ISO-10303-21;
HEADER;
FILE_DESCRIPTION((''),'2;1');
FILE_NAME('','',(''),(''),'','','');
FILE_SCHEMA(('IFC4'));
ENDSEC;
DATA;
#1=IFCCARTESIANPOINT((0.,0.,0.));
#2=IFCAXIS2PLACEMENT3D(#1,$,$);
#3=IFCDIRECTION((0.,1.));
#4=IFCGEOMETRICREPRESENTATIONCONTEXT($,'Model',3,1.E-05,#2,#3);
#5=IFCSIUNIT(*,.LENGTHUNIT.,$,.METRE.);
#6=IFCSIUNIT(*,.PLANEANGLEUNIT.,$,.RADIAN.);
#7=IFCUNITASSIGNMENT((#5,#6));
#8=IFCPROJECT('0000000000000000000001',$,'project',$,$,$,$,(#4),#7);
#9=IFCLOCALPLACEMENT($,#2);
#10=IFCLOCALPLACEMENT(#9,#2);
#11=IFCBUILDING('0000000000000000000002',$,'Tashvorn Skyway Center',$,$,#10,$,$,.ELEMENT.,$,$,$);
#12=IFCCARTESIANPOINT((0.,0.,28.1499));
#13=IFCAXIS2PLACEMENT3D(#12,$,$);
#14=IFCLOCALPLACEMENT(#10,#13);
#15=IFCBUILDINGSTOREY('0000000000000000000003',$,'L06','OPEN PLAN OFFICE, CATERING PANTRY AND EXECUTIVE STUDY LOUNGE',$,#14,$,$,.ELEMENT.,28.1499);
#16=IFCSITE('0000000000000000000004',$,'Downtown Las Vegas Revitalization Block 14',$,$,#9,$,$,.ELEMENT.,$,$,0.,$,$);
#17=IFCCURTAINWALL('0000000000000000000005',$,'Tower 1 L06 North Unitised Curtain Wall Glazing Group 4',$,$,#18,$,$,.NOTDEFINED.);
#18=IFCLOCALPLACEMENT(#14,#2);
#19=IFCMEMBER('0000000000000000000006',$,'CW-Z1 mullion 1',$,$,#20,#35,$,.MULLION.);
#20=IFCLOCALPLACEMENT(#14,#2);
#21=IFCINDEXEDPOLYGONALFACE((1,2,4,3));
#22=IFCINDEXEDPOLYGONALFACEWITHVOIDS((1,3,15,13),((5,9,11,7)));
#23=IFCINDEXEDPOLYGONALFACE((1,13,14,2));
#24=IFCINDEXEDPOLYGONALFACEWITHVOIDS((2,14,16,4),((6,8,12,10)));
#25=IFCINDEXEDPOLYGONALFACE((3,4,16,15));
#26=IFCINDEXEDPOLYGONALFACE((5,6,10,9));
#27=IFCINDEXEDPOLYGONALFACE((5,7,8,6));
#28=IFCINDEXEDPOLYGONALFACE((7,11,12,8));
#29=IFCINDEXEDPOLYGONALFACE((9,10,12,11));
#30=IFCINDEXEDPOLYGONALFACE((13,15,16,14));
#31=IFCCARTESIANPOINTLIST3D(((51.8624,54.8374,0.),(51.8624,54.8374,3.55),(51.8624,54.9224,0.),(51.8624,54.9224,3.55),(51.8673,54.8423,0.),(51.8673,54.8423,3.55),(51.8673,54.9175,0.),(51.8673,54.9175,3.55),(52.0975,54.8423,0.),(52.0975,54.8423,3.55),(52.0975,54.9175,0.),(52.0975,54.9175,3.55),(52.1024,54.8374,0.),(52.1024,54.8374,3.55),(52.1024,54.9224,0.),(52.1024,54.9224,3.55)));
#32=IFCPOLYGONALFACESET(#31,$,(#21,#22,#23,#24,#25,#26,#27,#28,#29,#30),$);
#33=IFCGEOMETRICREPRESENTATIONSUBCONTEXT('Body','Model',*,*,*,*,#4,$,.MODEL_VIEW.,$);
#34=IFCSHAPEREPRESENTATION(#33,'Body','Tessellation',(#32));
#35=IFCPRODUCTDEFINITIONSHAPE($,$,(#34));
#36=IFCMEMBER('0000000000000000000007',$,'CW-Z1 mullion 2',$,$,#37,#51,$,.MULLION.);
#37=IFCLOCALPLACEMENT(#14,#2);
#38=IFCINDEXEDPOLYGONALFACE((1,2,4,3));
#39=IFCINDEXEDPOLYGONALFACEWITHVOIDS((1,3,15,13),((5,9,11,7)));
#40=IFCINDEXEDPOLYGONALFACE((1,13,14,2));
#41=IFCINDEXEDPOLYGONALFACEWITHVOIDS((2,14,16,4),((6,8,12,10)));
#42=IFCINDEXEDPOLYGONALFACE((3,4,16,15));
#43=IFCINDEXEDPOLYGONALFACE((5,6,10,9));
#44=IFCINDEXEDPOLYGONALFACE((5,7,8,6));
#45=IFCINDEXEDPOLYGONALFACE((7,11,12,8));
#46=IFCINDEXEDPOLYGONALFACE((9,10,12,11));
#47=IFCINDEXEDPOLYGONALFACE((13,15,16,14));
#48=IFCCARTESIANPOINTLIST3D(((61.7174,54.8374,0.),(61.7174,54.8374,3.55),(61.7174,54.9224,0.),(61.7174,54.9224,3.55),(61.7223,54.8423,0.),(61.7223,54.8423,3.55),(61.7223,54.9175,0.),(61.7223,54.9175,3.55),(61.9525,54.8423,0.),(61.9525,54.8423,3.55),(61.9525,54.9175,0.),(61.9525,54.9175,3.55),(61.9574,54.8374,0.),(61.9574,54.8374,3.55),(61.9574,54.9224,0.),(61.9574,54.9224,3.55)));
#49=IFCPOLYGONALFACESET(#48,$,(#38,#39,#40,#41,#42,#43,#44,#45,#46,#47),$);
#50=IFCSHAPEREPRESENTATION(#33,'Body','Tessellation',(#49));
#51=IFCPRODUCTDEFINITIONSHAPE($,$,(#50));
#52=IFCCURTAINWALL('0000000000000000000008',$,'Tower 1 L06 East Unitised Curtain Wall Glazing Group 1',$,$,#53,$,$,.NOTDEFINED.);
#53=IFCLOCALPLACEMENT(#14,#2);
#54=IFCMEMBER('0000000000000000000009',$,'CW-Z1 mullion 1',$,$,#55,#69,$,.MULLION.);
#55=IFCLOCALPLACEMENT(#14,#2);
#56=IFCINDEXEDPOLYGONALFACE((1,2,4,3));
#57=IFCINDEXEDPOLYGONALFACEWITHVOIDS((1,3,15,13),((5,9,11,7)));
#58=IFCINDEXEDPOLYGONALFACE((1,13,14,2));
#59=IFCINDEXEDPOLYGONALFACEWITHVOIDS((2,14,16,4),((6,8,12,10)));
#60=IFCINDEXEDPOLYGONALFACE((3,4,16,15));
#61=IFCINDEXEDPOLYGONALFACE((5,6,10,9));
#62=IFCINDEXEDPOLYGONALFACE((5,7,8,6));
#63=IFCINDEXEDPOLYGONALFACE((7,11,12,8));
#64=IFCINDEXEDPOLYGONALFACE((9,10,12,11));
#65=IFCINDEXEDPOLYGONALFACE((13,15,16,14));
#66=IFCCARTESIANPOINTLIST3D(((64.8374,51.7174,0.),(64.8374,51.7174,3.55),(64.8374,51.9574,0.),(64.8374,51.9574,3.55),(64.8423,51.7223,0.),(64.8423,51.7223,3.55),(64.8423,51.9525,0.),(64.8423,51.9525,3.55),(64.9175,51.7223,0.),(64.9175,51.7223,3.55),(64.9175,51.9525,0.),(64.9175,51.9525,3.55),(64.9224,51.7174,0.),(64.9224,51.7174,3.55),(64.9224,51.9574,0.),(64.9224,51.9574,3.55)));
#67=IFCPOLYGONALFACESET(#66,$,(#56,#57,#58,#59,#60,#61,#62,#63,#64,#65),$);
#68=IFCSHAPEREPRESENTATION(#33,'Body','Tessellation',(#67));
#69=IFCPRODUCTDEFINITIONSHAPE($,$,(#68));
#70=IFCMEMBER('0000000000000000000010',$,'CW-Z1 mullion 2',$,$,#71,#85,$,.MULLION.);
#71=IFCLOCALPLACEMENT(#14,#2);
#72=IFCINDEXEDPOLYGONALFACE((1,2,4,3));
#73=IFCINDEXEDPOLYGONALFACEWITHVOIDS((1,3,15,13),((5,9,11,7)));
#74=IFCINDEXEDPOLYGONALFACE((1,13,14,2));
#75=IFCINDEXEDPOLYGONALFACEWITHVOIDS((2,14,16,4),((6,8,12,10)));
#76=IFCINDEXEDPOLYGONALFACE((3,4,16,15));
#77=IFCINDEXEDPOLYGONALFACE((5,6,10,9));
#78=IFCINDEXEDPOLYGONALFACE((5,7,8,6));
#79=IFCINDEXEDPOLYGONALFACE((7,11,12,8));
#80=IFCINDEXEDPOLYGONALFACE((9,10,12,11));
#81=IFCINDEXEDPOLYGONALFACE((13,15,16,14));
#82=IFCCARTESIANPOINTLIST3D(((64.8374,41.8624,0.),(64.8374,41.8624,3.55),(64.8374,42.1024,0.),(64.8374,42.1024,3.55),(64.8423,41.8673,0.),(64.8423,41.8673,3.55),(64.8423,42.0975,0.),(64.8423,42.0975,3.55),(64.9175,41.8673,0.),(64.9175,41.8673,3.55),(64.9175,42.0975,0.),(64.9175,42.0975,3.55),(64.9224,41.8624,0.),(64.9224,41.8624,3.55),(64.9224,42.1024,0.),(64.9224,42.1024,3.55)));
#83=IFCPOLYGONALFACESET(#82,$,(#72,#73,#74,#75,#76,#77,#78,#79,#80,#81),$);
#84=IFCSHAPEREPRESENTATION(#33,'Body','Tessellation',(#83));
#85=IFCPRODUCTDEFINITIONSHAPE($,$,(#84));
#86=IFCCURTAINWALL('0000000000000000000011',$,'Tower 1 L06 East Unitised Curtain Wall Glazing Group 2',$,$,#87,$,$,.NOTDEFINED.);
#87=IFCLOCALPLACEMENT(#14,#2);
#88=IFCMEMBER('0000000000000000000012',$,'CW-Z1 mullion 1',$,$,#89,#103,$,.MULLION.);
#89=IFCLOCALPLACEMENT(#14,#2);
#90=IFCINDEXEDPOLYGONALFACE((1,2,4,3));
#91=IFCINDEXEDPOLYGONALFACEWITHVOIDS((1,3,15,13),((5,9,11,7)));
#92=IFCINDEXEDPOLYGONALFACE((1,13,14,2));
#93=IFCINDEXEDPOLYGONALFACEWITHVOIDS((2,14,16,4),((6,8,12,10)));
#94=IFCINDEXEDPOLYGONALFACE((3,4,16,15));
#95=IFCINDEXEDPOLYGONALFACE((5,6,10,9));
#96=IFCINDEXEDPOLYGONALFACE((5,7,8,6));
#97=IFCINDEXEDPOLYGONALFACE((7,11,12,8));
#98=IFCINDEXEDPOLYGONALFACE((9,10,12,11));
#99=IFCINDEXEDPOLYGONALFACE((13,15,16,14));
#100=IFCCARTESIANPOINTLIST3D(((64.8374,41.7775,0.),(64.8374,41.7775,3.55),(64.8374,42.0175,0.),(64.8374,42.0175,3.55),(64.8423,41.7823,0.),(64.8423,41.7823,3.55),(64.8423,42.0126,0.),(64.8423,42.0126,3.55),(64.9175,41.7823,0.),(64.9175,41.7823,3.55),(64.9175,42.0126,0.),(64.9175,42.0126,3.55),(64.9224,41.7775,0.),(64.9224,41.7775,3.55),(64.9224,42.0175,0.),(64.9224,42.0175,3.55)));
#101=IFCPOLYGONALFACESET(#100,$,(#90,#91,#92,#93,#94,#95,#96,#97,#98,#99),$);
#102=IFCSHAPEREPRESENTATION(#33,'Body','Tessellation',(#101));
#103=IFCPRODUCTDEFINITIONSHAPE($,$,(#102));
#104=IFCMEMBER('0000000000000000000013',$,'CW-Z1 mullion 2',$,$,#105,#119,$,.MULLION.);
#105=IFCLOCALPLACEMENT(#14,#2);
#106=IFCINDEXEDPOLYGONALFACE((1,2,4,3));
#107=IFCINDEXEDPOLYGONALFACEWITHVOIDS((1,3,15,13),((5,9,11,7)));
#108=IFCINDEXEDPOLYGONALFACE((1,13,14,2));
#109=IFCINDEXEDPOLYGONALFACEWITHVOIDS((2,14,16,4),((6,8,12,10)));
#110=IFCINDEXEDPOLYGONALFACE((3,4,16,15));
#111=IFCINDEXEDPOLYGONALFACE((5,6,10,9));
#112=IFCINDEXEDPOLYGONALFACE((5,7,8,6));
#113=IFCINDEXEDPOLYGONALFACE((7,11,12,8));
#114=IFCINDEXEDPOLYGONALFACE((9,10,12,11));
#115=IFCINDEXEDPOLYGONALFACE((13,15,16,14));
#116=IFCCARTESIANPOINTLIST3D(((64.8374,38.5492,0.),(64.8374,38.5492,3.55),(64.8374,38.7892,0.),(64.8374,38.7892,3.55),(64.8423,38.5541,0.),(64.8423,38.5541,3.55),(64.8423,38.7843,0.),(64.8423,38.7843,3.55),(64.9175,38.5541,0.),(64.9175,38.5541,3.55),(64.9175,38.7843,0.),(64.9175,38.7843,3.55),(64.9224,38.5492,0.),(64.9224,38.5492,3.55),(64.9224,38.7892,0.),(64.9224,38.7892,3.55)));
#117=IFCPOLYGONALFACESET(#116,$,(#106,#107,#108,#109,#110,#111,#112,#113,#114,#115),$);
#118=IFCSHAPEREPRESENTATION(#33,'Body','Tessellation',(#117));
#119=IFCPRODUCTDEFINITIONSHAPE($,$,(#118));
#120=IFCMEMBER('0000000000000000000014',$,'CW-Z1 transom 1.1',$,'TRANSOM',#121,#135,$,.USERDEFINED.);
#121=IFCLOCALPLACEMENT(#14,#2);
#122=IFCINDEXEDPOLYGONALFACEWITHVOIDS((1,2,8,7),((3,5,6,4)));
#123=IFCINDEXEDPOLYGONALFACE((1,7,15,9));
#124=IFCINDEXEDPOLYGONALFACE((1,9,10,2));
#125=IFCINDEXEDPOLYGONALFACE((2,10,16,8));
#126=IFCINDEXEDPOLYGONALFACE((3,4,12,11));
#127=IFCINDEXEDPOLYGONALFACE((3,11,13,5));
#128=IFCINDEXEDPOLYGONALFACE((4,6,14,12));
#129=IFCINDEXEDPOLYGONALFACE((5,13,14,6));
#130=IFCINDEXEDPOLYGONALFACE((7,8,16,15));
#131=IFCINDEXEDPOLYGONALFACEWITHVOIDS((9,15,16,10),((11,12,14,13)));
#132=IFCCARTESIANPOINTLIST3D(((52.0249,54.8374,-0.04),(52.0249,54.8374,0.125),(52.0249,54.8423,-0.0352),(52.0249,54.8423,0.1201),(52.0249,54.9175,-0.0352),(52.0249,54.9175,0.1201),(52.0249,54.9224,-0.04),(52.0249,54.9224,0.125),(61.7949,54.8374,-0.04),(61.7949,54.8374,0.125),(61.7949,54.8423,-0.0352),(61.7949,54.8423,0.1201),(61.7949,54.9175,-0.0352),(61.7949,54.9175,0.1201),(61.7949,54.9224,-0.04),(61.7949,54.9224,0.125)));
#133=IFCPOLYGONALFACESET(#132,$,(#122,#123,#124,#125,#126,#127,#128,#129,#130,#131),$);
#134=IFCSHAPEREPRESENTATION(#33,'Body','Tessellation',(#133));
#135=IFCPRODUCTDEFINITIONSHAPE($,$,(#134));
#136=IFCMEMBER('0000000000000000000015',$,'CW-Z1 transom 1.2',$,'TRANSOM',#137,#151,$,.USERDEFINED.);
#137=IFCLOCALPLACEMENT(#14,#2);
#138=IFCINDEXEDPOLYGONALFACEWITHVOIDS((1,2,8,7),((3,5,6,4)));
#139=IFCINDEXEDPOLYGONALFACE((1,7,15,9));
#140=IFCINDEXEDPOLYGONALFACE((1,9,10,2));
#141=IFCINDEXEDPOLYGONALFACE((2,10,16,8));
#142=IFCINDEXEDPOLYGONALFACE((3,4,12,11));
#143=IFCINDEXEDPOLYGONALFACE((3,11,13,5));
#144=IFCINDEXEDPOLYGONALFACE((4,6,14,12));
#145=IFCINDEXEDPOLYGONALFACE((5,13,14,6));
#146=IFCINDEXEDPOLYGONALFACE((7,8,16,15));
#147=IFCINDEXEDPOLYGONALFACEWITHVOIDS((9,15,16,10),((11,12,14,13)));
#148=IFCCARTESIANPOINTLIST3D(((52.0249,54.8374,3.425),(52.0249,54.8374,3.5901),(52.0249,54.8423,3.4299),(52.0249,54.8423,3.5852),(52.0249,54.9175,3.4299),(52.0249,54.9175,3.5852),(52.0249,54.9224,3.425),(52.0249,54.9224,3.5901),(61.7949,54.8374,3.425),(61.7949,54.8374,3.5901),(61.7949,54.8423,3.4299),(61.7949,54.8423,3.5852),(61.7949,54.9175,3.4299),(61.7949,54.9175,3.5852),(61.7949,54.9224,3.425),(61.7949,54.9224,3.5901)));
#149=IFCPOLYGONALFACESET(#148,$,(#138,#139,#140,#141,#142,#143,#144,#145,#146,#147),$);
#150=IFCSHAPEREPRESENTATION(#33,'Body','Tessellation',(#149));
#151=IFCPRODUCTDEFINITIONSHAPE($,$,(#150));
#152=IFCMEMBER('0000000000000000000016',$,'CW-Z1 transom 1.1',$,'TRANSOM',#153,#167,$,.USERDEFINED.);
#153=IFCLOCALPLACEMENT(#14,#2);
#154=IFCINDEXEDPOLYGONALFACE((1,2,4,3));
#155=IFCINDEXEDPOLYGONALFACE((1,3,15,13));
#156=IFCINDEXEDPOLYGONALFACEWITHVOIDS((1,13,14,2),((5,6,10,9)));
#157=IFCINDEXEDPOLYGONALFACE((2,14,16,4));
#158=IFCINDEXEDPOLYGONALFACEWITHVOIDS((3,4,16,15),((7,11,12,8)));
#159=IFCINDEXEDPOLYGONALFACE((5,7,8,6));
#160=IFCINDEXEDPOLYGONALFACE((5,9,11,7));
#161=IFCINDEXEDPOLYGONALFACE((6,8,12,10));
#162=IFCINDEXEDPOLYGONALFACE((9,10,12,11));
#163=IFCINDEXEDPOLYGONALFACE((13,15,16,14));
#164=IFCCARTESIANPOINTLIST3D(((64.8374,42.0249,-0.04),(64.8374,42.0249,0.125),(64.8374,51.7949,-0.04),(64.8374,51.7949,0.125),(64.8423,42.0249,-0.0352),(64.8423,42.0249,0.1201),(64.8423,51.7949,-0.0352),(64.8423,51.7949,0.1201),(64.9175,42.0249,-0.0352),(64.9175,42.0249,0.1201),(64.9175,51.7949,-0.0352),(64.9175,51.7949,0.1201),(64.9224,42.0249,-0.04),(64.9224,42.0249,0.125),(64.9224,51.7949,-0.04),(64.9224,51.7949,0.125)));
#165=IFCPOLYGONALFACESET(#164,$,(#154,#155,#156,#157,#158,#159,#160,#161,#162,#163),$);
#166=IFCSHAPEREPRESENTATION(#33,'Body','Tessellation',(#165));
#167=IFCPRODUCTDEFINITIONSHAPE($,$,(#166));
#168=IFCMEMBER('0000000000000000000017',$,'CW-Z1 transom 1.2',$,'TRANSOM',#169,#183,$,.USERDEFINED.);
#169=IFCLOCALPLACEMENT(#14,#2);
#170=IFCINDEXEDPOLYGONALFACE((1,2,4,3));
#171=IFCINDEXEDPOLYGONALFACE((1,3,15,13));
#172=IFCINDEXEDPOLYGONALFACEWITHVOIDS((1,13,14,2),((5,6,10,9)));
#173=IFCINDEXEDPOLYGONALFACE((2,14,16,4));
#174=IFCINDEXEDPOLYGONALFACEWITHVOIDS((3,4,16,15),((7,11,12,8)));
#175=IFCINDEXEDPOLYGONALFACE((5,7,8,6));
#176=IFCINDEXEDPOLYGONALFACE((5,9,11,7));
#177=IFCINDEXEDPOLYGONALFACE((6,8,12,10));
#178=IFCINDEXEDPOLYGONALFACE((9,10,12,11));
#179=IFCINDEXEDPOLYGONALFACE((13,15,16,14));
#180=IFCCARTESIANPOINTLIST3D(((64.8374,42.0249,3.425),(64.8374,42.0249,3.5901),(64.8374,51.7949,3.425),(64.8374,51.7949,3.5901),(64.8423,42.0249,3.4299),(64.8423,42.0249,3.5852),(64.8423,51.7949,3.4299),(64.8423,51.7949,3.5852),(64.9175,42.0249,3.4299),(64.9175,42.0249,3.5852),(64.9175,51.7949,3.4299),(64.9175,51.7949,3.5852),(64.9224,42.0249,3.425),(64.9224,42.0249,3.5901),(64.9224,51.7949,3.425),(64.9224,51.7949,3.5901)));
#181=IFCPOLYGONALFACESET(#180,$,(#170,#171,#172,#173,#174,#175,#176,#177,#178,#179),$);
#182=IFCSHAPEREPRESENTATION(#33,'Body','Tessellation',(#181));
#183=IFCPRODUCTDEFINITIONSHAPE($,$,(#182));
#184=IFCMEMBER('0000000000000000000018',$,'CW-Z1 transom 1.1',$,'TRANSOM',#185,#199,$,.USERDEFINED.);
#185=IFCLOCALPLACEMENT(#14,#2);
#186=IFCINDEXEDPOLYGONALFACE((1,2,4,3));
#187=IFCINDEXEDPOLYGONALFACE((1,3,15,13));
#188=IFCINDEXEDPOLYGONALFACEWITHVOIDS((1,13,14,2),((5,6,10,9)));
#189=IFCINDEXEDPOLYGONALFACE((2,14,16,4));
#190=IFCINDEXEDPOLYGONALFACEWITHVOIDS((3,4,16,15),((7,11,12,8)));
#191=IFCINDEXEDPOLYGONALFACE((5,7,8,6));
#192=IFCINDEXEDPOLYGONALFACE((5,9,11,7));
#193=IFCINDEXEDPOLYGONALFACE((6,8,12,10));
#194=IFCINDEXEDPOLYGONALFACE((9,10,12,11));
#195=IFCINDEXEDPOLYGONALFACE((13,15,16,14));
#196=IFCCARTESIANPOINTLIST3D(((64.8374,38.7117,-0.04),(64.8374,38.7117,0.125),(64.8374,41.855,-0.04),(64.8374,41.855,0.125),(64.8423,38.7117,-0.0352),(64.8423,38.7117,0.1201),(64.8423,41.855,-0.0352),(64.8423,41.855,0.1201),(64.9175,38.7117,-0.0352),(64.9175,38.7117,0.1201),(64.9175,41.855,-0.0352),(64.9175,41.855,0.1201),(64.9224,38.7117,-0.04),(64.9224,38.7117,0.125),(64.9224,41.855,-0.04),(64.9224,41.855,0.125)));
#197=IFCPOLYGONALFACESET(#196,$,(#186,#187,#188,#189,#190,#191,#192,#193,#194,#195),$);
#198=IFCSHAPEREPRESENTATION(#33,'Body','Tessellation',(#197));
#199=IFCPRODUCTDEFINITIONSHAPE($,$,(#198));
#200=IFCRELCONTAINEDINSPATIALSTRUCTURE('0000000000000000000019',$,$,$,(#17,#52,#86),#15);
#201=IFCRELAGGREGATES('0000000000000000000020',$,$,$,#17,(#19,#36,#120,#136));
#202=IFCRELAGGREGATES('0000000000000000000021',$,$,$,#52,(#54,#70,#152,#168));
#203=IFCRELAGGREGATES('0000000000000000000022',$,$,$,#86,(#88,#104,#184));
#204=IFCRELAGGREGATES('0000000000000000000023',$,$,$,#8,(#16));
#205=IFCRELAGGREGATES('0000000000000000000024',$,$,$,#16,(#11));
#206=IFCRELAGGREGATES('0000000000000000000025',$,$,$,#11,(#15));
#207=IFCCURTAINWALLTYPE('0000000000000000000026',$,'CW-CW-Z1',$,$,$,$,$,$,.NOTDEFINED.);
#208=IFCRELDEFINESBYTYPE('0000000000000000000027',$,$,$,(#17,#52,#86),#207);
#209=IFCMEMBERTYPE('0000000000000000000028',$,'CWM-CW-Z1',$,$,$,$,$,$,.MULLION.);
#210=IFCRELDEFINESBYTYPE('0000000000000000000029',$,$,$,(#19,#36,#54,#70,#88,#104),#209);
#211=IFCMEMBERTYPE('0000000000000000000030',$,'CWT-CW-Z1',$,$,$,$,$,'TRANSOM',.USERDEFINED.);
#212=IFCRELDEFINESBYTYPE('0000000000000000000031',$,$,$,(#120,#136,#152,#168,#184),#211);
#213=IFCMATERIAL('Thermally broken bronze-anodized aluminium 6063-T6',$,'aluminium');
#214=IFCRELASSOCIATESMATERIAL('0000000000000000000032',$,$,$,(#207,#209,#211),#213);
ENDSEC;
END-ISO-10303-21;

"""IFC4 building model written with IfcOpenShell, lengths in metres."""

from ifc_helpers import new_model, si_unit, direction, frame, origin, origin_2d, place, context, subcontext, project, spatial, hollow_rectangle, extrude, material, material_profile, profile_set, type_object, element, aggregate, save


model = new_model("IFC4")

# Units and contexts
model_context = context("Model", 3, precision=1e-05, world=origin(), true_north=direction((0.0, 1.0)))
body_context = subcontext(model_context, "Body", "Model", "MODEL_VIEW")
ifc_project = project(units=[si_unit("LENGTHUNIT", "METRE"), si_unit("PLANEANGLEUNIT", "RADIAN")], contexts=[model_context])

# Site, building, storey
site_placement = place(None, origin())
site = spatial("IfcSite", under=ifc_project, at=site_placement, Name="Downtown Las Vegas Revitalization Block 14", CompositionType="ELEMENT", RefElevation=0.0)
building_placement = place(site_placement, origin())
building = spatial("IfcBuilding", under=site, at=building_placement, Name="Tashvorn Skyway Center", CompositionType="ELEMENT")
storey_placement = place(building_placement, frame((0.0, 0.0, 28.1499)))
storey = spatial("IfcBuildingStorey", under=building, at=storey_placement, Name="L06", Description="OPEN PLAN OFFICE, CATERING PANTRY AND EXECUTIVE STUDY LOUNGE", CompositionType="ELEMENT", Elevation=28.1499)

# Shared definitions
ifc_material_1 = material(Name="Thermally broken bronze-anodized aluminium 6063-T6", Category="aluminium")
curtain_wall_type = type_object("IfcCurtainWallType", Name="CW-CW-Z1", PredefinedType="NOTDEFINED", material=ifc_material_1)
ifc_material_profile_1 = material_profile(ifc_material_1, hollow_rectangle(XDim=0.085, YDim=0.24, WallThickness=0.0049, at=origin_2d()), Name="ALU-MULL-85x240")
ifc_profile_set_1 = profile_set([ifc_material_profile_1], Name="Thermally broken bronze-anodized aluminium 6063-T6")
member_type_1 = type_object("IfcMemberType", Name="CWM-CW-Z1", PredefinedType="MULLION", material=ifc_profile_set_1)

# Curtain walls, members
curtain_wall_1_placement = place(storey_placement, origin())
curtain_wall_1 = element("IfcCurtainWall", 1, at=curtain_wall_1_placement, inside=storey, type_object=curtain_wall_type, Name="Tower 1 L06 North Unitised Curtain Wall Glazing Group 4", PredefinedType="NOTDEFINED")
member_1_placement = place(storey_placement, frame((51.9824, 54.8799, 0.0), z_axis=(0.0, 0.0, 1.0), x_axis=(0.0, 1.0, 0.0)))
member_1 = element("IfcMember", 2, at=member_1_placement, type_object=member_type_1, Name="CW-Z1 mullion 1", PredefinedType="MULLION", context=body_context, shape_type="SweptSolid", body=[
    extrude(hollow_rectangle(XDim=0.085, YDim=0.24, WallThickness=0.0049, at=origin_2d()), origin(), (0.0, 0.0, 1.0), 3.55),
])
member_2_placement = place(storey_placement, frame((61.8374, 54.8799, 0.0), z_axis=(0.0, 0.0, 1.0), x_axis=(0.0, 1.0, 0.0)))
member_2 = element("IfcMember", 3, at=member_2_placement, type_object=member_type_1, Name="CW-Z1 mullion 2", PredefinedType="MULLION", context=body_context, shape_type="SweptSolid", body=[
    extrude(hollow_rectangle(XDim=0.085, YDim=0.24, WallThickness=0.0049, at=origin_2d()), origin(), (0.0, 0.0, 1.0), 3.55),
])
curtain_wall_2_placement = place(storey_placement, origin())
curtain_wall_2 = element("IfcCurtainWall", 4, at=curtain_wall_2_placement, inside=storey, type_object=curtain_wall_type, Name="Tower 1 L06 East Unitised Curtain Wall Glazing Group 1", PredefinedType="NOTDEFINED")
member_3_placement = place(storey_placement, frame((64.8799, 51.8374, 0.0), z_axis=(0.0, 0.0, 1.0), x_axis=(1.0, 0.0, 0.0)))
member_3 = element("IfcMember", 5, at=member_3_placement, type_object=member_type_1, Name="CW-Z1 mullion 1", PredefinedType="MULLION", context=body_context, shape_type="SweptSolid", body=[
    extrude(hollow_rectangle(XDim=0.085, YDim=0.24, WallThickness=0.0049, at=origin_2d()), origin(), (0.0, 0.0, 1.0), 3.55),
])
member_4_placement = place(storey_placement, frame((64.8799, 41.9824, 0.0), z_axis=(0.0, 0.0, 1.0), x_axis=(1.0, 0.0, 0.0)))
member_4 = element("IfcMember", 6, at=member_4_placement, type_object=member_type_1, Name="CW-Z1 mullion 2", PredefinedType="MULLION", context=body_context, shape_type="SweptSolid", body=[
    extrude(hollow_rectangle(XDim=0.085, YDim=0.24, WallThickness=0.0049, at=origin_2d()), origin(), (0.0, 0.0, 1.0), 3.55),
])
curtain_wall_3_placement = place(storey_placement, origin())
curtain_wall_3 = element("IfcCurtainWall", 7, at=curtain_wall_3_placement, inside=storey, type_object=curtain_wall_type, Name="Tower 1 L06 East Unitised Curtain Wall Glazing Group 2", PredefinedType="NOTDEFINED")
member_5_placement = place(storey_placement, frame((64.8799, 41.8975, 0.0), z_axis=(0.0, 0.0, 1.0), x_axis=(1.0, 0.0, 0.0)))
member_5 = element("IfcMember", 8, at=member_5_placement, type_object=member_type_1, Name="CW-Z1 mullion 1", PredefinedType="MULLION", context=body_context, shape_type="SweptSolid", body=[
    extrude(hollow_rectangle(XDim=0.085, YDim=0.24, WallThickness=0.0049, at=origin_2d()), origin(), (0.0, 0.0, 1.0), 3.55),
])
member_6_placement = place(storey_placement, frame((64.8799, 38.6692, 0.0), z_axis=(0.0, 0.0, 1.0), x_axis=(1.0, 0.0, 0.0)))
member_6 = element("IfcMember", 9, at=member_6_placement, type_object=member_type_1, Name="CW-Z1 mullion 2", PredefinedType="MULLION", context=body_context, shape_type="SweptSolid", body=[
    extrude(hollow_rectangle(XDim=0.085, YDim=0.24, WallThickness=0.0049, at=origin_2d()), origin(), (0.0, 0.0, 1.0), 3.55),
])

# Members
ifc_material_profile_2 = material_profile(ifc_material_1, hollow_rectangle(XDim=0.085, YDim=0.165, WallThickness=0.0049, at=origin_2d()), Name="ALU-TRAN-85x165")
ifc_profile_set_2 = profile_set([ifc_material_profile_2], Name="Thermally broken bronze-anodized aluminium 6063-T6")
member_type_2 = type_object("IfcMemberType", Name="CWT-CW-Z1", ElementType="TRANSOM", PredefinedType="USERDEFINED", material=ifc_profile_set_2)
member_7_placement = place(storey_placement, frame((52.0249, 54.8799, 0.0425), z_axis=(1.0, 0.0, 0.0), x_axis=(0.0, 1.0, 0.0)))
member_7 = element("IfcMember", 10, at=member_7_placement, type_object=member_type_2, Name="CW-Z1 transom 1.1", ObjectType="TRANSOM", PredefinedType="USERDEFINED", context=body_context, shape_type="SweptSolid", body=[
    extrude(hollow_rectangle(XDim=0.085, YDim=0.165, WallThickness=0.0049, at=origin_2d()), origin(), (0.0, 0.0, 1.0), 9.77),
])
member_8_placement = place(storey_placement, frame((52.0249, 54.8799, 3.5076), z_axis=(1.0, 0.0, 0.0), x_axis=(0.0, 1.0, 0.0)))
member_8 = element("IfcMember", 11, at=member_8_placement, type_object=member_type_2, Name="CW-Z1 transom 1.2", ObjectType="TRANSOM", PredefinedType="USERDEFINED", context=body_context, shape_type="SweptSolid", body=[
    extrude(hollow_rectangle(XDim=0.085, YDim=0.165, WallThickness=0.0049, at=origin_2d()), origin(), (0.0, 0.0, 1.0), 9.77),
])
member_9_placement = place(storey_placement, frame((64.8799, 51.7949, 0.0425), z_axis=(0.0, -1.0, 0.0), x_axis=(1.0, 0.0, 0.0)))
member_9 = element("IfcMember", 12, at=member_9_placement, type_object=member_type_2, Name="CW-Z1 transom 1.1", ObjectType="TRANSOM", PredefinedType="USERDEFINED", context=body_context, shape_type="SweptSolid", body=[
    extrude(hollow_rectangle(XDim=0.085, YDim=0.165, WallThickness=0.0049, at=origin_2d()), origin(), (0.0, 0.0, 1.0), 9.77),
])
member_10_placement = place(storey_placement, frame((64.8799, 51.7949, 3.5076), z_axis=(0.0, -1.0, 0.0), x_axis=(1.0, 0.0, 0.0)))
member_10 = element("IfcMember", 13, at=member_10_placement, type_object=member_type_2, Name="CW-Z1 transom 1.2", ObjectType="TRANSOM", PredefinedType="USERDEFINED", context=body_context, shape_type="SweptSolid", body=[
    extrude(hollow_rectangle(XDim=0.085, YDim=0.165, WallThickness=0.0049, at=origin_2d()), origin(), (0.0, 0.0, 1.0), 9.77),
])
member_11_placement = place(storey_placement, frame((64.8799, 41.855, 0.0425), z_axis=(0.0, -1.0, 0.0), x_axis=(1.0, 0.0, 0.0)))
member_11 = element("IfcMember", 14, at=member_11_placement, type_object=member_type_2, Name="CW-Z1 transom 1.1", ObjectType="TRANSOM", PredefinedType="USERDEFINED", context=body_context, shape_type="SweptSolid", body=[
    extrude(hollow_rectangle(XDim=0.085, YDim=0.165, WallThickness=0.0049, at=origin_2d()), origin(), (0.0, 0.0, 1.0), 3.1433),
])

aggregate(curtain_wall_1, [member_1, member_2, member_7, member_8])
aggregate(curtain_wall_2, [member_3, member_4, member_9, member_10])
aggregate(curtain_wall_3, [member_5, member_6, member_11])

save(model, "model.ifc")
